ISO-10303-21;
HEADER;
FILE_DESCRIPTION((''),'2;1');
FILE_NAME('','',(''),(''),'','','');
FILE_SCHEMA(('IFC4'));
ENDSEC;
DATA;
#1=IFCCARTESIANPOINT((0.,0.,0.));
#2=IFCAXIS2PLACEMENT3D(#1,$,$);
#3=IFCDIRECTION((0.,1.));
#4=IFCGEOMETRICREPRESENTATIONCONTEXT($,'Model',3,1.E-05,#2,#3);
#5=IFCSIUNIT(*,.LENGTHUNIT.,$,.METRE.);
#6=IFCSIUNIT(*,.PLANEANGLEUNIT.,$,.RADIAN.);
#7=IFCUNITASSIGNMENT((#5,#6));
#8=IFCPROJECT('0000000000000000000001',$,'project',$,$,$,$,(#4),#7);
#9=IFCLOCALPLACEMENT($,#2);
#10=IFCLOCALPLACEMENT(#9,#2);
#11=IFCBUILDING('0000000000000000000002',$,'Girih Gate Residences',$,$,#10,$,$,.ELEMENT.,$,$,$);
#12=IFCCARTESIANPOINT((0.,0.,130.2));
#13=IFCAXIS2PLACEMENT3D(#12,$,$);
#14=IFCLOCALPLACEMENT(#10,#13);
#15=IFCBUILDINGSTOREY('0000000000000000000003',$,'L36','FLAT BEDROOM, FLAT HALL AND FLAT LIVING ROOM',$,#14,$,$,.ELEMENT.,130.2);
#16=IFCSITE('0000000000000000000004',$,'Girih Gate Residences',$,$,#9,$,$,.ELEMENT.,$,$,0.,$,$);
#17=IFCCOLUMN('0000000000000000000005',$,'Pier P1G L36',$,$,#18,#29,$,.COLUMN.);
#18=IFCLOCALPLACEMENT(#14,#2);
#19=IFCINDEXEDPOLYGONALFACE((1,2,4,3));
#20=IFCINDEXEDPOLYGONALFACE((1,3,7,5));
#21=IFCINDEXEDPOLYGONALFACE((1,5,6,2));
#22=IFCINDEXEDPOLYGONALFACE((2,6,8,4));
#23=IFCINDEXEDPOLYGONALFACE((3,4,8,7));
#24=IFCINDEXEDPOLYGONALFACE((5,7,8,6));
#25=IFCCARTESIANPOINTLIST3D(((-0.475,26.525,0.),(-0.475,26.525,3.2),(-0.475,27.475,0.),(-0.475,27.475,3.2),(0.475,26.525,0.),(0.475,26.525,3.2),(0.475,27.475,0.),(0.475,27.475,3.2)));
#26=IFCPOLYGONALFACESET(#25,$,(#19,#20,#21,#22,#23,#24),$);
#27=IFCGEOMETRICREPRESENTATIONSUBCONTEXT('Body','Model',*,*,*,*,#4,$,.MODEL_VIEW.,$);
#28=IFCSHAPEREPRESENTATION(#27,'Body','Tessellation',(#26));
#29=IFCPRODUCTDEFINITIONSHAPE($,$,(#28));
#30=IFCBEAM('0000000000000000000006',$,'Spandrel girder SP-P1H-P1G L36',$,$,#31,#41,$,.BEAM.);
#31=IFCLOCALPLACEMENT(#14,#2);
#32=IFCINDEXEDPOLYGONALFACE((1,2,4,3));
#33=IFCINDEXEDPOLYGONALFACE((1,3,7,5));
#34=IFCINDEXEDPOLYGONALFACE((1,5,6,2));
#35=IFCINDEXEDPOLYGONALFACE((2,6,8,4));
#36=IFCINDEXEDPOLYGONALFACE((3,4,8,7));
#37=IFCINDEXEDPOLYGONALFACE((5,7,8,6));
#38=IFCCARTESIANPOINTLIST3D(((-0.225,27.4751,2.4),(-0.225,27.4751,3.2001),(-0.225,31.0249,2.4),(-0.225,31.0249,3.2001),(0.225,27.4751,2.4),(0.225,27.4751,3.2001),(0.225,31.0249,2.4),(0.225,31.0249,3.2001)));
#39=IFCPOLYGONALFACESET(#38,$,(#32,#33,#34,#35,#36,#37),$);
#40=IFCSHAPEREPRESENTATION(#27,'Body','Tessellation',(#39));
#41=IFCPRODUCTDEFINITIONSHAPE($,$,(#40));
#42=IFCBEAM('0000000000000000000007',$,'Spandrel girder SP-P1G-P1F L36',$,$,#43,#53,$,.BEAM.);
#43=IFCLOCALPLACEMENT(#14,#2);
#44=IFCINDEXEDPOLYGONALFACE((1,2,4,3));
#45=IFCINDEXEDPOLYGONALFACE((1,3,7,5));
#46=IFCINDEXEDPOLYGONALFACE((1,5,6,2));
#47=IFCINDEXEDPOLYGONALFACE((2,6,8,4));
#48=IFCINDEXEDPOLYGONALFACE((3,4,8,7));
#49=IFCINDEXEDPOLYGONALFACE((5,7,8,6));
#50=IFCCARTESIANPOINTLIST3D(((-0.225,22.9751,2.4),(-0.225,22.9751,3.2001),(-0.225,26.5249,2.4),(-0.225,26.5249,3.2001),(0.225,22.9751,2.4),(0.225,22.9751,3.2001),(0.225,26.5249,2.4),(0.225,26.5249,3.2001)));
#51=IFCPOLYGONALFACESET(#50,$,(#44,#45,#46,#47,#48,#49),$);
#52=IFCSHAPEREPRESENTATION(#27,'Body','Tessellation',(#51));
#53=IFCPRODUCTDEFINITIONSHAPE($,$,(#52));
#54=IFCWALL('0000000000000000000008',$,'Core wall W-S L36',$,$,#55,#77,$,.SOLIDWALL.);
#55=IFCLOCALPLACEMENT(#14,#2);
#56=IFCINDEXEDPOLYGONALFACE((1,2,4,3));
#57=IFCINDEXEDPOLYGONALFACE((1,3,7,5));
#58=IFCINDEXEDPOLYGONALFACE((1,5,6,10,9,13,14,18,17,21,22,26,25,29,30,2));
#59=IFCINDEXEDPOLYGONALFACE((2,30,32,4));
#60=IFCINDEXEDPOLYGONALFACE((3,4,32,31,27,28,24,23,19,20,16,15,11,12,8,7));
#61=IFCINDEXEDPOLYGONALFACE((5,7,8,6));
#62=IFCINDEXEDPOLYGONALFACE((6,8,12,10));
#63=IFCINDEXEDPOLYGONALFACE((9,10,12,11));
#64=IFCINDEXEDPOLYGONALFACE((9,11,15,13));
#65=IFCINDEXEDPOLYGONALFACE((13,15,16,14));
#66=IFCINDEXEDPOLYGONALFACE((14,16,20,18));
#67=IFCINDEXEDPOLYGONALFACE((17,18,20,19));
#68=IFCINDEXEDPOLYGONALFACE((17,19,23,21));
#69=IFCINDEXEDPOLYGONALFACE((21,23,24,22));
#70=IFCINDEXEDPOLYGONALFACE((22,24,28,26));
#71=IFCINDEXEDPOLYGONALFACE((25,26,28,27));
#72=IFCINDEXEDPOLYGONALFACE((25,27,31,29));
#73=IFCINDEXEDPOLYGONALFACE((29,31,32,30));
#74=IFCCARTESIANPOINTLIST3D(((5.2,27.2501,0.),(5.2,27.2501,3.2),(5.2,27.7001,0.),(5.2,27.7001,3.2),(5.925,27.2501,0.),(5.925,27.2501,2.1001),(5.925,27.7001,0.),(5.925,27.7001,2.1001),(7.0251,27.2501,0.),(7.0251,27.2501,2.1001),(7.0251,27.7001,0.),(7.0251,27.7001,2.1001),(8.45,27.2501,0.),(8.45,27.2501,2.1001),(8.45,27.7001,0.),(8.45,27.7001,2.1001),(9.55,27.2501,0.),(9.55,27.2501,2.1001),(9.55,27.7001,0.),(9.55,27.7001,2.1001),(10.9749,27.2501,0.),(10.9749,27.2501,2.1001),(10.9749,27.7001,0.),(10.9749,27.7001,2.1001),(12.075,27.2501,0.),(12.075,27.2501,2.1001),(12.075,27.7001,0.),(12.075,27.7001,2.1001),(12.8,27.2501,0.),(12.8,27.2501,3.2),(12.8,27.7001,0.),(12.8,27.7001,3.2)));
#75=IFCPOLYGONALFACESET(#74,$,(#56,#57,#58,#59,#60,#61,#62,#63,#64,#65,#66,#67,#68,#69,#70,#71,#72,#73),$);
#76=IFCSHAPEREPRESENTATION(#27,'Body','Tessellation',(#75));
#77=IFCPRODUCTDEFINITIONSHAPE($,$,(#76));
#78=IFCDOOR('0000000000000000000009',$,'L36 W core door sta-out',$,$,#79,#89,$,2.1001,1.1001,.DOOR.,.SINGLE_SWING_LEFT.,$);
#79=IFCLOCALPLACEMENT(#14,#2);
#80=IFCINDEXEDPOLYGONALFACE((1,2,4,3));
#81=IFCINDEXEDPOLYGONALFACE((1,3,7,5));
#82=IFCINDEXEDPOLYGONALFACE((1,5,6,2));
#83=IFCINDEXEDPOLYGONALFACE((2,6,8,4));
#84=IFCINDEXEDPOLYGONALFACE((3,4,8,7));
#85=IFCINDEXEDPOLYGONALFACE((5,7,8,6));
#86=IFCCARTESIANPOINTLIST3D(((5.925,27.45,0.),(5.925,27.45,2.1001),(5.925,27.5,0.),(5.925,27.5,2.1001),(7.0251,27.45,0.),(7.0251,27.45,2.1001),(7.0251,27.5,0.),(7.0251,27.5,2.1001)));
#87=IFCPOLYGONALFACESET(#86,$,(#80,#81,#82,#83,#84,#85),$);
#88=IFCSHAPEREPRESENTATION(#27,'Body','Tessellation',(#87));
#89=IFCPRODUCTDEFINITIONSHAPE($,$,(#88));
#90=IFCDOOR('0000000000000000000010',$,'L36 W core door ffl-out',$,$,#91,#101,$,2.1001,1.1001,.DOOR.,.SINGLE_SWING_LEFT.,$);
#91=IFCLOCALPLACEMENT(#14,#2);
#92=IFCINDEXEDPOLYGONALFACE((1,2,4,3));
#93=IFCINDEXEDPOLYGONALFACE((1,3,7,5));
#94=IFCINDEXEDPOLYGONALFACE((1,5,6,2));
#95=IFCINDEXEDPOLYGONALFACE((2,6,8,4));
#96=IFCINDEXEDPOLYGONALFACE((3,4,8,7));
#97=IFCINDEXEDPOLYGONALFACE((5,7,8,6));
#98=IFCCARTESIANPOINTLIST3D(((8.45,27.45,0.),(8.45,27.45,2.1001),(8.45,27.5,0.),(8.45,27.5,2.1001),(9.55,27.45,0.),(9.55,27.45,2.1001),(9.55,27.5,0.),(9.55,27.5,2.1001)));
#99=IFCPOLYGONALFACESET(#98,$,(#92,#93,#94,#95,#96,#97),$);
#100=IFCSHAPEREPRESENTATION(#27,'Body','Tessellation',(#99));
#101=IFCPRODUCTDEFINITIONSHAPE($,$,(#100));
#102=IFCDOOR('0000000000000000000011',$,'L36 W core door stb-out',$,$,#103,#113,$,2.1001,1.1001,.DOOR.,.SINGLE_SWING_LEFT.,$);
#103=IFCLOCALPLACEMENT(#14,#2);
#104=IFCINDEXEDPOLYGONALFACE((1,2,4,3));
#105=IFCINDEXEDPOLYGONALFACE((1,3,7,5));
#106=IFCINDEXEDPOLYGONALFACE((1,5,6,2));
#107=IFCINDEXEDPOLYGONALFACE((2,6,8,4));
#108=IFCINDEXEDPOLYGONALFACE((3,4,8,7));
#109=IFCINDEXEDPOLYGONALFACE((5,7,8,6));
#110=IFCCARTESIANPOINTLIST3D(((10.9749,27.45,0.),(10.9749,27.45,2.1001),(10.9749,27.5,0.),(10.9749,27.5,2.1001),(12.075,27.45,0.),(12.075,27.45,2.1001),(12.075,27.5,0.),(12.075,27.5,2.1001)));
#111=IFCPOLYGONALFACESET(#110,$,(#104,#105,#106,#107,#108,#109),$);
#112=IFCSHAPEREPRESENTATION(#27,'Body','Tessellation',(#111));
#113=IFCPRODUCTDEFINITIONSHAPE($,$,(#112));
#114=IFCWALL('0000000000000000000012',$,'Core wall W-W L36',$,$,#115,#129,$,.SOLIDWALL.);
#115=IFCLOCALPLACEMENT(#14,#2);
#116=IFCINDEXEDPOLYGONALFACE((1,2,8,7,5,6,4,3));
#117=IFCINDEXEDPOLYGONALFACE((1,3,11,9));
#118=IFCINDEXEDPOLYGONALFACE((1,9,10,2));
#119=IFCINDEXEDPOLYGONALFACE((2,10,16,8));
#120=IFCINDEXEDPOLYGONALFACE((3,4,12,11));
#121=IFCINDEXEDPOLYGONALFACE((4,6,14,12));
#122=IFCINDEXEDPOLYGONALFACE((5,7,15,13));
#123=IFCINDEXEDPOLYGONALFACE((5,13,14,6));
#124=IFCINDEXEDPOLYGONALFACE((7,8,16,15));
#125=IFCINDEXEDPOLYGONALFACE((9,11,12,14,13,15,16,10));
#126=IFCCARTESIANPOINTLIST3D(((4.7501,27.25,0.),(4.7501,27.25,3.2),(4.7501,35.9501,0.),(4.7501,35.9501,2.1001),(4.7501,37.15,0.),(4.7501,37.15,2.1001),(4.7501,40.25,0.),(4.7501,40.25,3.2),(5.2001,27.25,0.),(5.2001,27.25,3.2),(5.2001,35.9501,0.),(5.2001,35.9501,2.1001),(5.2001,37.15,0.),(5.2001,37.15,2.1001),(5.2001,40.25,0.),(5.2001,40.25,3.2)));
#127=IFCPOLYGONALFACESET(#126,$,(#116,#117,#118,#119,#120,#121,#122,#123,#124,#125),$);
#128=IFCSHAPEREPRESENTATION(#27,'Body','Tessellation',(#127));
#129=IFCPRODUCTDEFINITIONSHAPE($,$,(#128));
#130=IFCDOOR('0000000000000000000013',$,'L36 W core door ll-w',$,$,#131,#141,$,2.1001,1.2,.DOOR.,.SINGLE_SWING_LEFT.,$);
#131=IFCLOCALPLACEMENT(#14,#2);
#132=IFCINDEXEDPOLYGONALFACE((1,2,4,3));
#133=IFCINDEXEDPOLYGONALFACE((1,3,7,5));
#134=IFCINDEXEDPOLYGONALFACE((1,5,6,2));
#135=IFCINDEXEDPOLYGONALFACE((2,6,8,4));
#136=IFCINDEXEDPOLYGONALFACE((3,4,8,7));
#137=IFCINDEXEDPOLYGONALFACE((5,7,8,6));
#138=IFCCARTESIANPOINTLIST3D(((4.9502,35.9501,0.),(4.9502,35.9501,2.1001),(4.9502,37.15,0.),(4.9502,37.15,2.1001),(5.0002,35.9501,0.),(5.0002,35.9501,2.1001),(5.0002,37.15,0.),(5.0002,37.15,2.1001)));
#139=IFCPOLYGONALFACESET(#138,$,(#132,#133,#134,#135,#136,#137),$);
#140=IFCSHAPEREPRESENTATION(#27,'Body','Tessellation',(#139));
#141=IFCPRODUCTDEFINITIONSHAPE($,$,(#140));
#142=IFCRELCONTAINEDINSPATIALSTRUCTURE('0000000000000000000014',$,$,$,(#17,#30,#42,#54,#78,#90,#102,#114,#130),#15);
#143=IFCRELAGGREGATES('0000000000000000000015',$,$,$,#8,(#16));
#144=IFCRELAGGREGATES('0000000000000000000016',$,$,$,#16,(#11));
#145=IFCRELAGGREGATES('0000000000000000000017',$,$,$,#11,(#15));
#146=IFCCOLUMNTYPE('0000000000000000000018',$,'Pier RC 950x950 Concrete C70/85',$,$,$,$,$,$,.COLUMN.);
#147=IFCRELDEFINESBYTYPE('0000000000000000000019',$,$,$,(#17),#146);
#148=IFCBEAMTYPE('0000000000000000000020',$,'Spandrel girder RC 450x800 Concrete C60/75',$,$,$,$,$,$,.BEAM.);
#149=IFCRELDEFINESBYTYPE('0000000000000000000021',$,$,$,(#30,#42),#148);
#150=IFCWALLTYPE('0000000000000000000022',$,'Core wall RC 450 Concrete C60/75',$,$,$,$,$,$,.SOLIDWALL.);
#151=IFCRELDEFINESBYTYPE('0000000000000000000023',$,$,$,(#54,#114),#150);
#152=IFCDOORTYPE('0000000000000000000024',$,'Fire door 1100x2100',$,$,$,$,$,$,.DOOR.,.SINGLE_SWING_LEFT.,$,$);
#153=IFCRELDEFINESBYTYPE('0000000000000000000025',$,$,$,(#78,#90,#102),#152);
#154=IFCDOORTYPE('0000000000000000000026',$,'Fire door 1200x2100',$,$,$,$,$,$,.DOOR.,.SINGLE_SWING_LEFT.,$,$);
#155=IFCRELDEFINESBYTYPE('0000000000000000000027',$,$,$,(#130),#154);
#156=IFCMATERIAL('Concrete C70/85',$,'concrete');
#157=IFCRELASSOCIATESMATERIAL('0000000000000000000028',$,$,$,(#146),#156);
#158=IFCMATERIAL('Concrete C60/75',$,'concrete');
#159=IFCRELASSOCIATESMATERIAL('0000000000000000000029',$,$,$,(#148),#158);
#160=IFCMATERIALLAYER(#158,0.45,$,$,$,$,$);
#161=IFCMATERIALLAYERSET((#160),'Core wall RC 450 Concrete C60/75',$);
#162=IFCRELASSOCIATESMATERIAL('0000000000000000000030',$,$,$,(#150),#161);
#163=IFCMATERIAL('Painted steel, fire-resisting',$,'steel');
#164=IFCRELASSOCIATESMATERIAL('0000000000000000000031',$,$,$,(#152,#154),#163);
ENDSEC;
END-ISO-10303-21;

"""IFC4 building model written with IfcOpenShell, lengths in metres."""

from ifc_helpers import new_model, si_unit, direction, frame, frame_2d, origin, origin_2d, place, context, subcontext, project, spatial, rectangle, extrude, material, layer, layer_set, material_profile, profile_set, type_object, element, fill, save


model = new_model("IFC4")

# Units and contexts
model_context = context("Model", 3, precision=1e-05, world=origin(), true_north=direction((0.0, 1.0)))
body_context = subcontext(model_context, "Body", "Model", "MODEL_VIEW")
ifc_project = project(units=[si_unit("LENGTHUNIT", "METRE"), si_unit("PLANEANGLEUNIT", "RADIAN")], contexts=[model_context])

# Site, building, storey
site_placement = place(None, origin())
site = spatial("IfcSite", under=ifc_project, at=site_placement, Name="Girih Gate Residences", CompositionType="ELEMENT", RefElevation=0.0)
building_placement = place(site_placement, origin())
building = spatial("IfcBuilding", under=site, at=building_placement, Name="Girih Gate Residences", CompositionType="ELEMENT")
storey_placement = place(building_placement, frame((0.0, 0.0, 130.2)))
storey = spatial("IfcBuildingStorey", under=building, at=storey_placement, Name="L36", Description="FLAT BEDROOM, FLAT HALL AND FLAT LIVING ROOM", CompositionType="ELEMENT", Elevation=130.2)

# Column
ifc_material_1 = material(Name="Concrete C70/85", Category="concrete")
ifc_material_profile_1 = material_profile(ifc_material_1, rectangle(XDim=0.95, YDim=0.95, at=origin_2d()))
ifc_profile_set_1 = profile_set([ifc_material_profile_1], Name="Concrete C70/85")
column_type = type_object("IfcColumnType", Name="Pier RC 950x950 Concrete C70/85", PredefinedType="COLUMN", material=ifc_profile_set_1)
column_placement = place(storey_placement, frame((0.0, 27.0, 0.0), z_axis=(0.0, 0.0, 1.0), x_axis=(1.0, 0.0, 0.0)))
element("IfcColumn", 1, at=column_placement, inside=storey, type_object=column_type, Name="Pier P1G L36", PredefinedType="COLUMN", context=body_context, shape_type="SweptSolid", body=[
    extrude(rectangle(XDim=0.95, YDim=0.95, at=origin_2d()), origin(), (0.0, 0.0, 1.0), 3.2),
])

# Beams
ifc_material_2 = material(Name="Concrete C60/75", Category="concrete")
ifc_material_profile_2 = material_profile(ifc_material_2, rectangle(XDim=0.45, YDim=0.8, at=origin_2d()))
ifc_profile_set_2 = profile_set([ifc_material_profile_2], Name="Concrete C60/75")
beam_type = type_object("IfcBeamType", Name="Spandrel girder RC 450x800 Concrete C60/75", PredefinedType="BEAM", material=ifc_profile_set_2)
for number, where, z_axis, x_axis, name in (
    (2, (0.0, 31.0249, 2.8), (0.0, -1.0, 0.0), (1.0, 0.0, 0.0), "Spandrel girder SP-P1H-P1G L36"),
    (3, (0.0, 26.5249, 2.8), (0.0, -1.0, 0.0), (1.0, 0.0, 0.0), "Spandrel girder SP-P1G-P1F L36"),
):
    element("IfcBeam", number, at=place(storey_placement, frame(where, z_axis=z_axis, x_axis=x_axis)), inside=storey, type_object=beam_type, Name=name, PredefinedType="BEAM", context=body_context, shape_type="SweptSolid", body=[
        extrude(rectangle(XDim=0.45, YDim=0.8, at=origin_2d()), origin(), (0.0, 0.0, 1.0), 3.5498),
    ])

# Wall, openings, doors
ifc_layer_1 = layer(ifc_material_2, 0.45)
ifc_layer_set_1 = layer_set([ifc_layer_1], Name="Core wall RC 450 Concrete C60/75")
wall_type_1 = type_object("IfcWallType", Name="Core wall RC 450 Concrete C60/75", PredefinedType="SOLIDWALL", material=ifc_layer_set_1)
wall_1_placement = place(storey_placement, frame((5.2, 27.4751, 0.0), z_axis=(0.0, 0.0, 1.0), x_axis=(1.0, 0.0, 0.0)))
wall_1 = element("IfcWall", 4, at=wall_1_placement, inside=storey, type_object=wall_type_1, Name="Core wall W-S L36", PredefinedType="SOLIDWALL", context=body_context, shape_type="SweptSolid", body=[
    extrude(rectangle(XDim=7.6001, YDim=0.45, at=frame_2d((3.8, 0.0))), origin(), (0.0, 0.0, 1.0), 3.2),
])
opening_1_placement = place(wall_1_placement, frame((0.7251, 0.0, 0.0)))
opening_1 = element("IfcOpeningElement", 5, at=opening_1_placement, cuts=wall_1, PredefinedType="OPENING", context=body_context, shape_type="SweptSolid", body=[
    extrude(rectangle(XDim=1.1001, YDim=2.1001, at=frame_2d((0.55, 1.05))), frame((0.0, 0.2349, 0.0), z_axis=(0.0, -1.0, 0.0), x_axis=(1.0, 0.0, 0.0)), (0.0, 0.0, 1.0), 0.47),
])
opening_2_placement = place(wall_1_placement, frame((3.25, 0.0, 0.0)))
opening_2 = element("IfcOpeningElement", 6, at=opening_2_placement, cuts=wall_1, PredefinedType="OPENING", context=body_context, shape_type="SweptSolid", body=[
    extrude(rectangle(XDim=1.1001, YDim=2.1001, at=frame_2d((0.55, 1.05))), frame((0.0, 0.2349, 0.0), z_axis=(0.0, -1.0, 0.0), x_axis=(1.0, 0.0, 0.0)), (0.0, 0.0, 1.0), 0.47),
])
opening_3_placement = place(wall_1_placement, frame((5.7749, 0.0, 0.0)))
opening_3 = element("IfcOpeningElement", 7, at=opening_3_placement, cuts=wall_1, PredefinedType="OPENING", context=body_context, shape_type="SweptSolid", body=[
    extrude(rectangle(XDim=1.1001, YDim=2.1001, at=frame_2d((0.55, 1.05))), frame((0.0, 0.2349, 0.0), z_axis=(0.0, -1.0, 0.0), x_axis=(1.0, 0.0, 0.0)), (0.0, 0.0, 1.0), 0.47),
])
ifc_material_3 = material(Name="Painted steel, fire-resisting", Category="steel")
door_type_1 = type_object("IfcDoorType", Name="Fire door 1100x2100", OperationType="SINGLE_SWING_LEFT", PredefinedType="DOOR", material=ifc_material_3)
door_1_placement = place(opening_1_placement, origin())
door_1 = element("IfcDoor", 8, at=door_1_placement, inside=storey, type_object=door_type_1, Name="L36 W core door sta-out", OperationType="SINGLE_SWING_LEFT", OverallHeight=2.1001, OverallWidth=1.1001, PredefinedType="DOOR", context=body_context, shape_type="SweptSolid", body=[
    extrude(rectangle(XDim=1.1001, YDim=2.1001, at=frame_2d((0.55, 1.05))), frame((0.0, 0.0249, 0.0), z_axis=(0.0, -1.0, 0.0), x_axis=(1.0, 0.0, 0.0)), (0.0, 0.0, 1.0), 0.05),
])
fill(opening_1, door_1)
door_2_placement = place(opening_2_placement, origin())
door_2 = element("IfcDoor", 9, at=door_2_placement, inside=storey, type_object=door_type_1, Name="L36 W core door ffl-out", OperationType="SINGLE_SWING_LEFT", OverallHeight=2.1001, OverallWidth=1.1001, PredefinedType="DOOR", context=body_context, shape_type="SweptSolid", body=[
    extrude(rectangle(XDim=1.1001, YDim=2.1001, at=frame_2d((0.55, 1.05))), frame((0.0, 0.0249, 0.0), z_axis=(0.0, -1.0, 0.0), x_axis=(1.0, 0.0, 0.0)), (0.0, 0.0, 1.0), 0.05),
])
fill(opening_2, door_2)
door_3_placement = place(opening_3_placement, origin())
door_3 = element("IfcDoor", 10, at=door_3_placement, inside=storey, type_object=door_type_1, Name="L36 W core door stb-out", OperationType="SINGLE_SWING_LEFT", OverallHeight=2.1001, OverallWidth=1.1001, PredefinedType="DOOR", context=body_context, shape_type="SweptSolid", body=[
    extrude(rectangle(XDim=1.1001, YDim=2.1001, at=frame_2d((0.55, 1.05))), frame((0.0, 0.0249, 0.0), z_axis=(0.0, -1.0, 0.0), x_axis=(1.0, 0.0, 0.0)), (0.0, 0.0, 1.0), 0.05),
])
fill(opening_3, door_3)

# Wall, opening, door
wall_2_placement = place(storey_placement, frame((4.9751, 27.25, 0.0), z_axis=(0.0, 0.0, 1.0), x_axis=(0.0, 1.0, 0.0)))
wall_2 = element("IfcWall", 11, at=wall_2_placement, inside=storey, type_object=wall_type_1, Name="Core wall W-W L36", PredefinedType="SOLIDWALL", context=body_context, shape_type="SweptSolid", body=[
    extrude(rectangle(XDim=13.0, YDim=0.45, at=frame_2d((6.5, 0.0))), origin(), (0.0, 0.0, 1.0), 3.2),
])
opening_4_placement = place(wall_2_placement, frame((8.7, 0.0, 0.0)))
opening_4 = element("IfcOpeningElement", 12, at=opening_4_placement, cuts=wall_2, PredefinedType="OPENING", context=body_context, shape_type="SweptSolid", body=[
    extrude(rectangle(XDim=1.2, YDim=2.1001, at=frame_2d((0.6001, 1.05))), frame((0.0, 0.2349, 0.0), z_axis=(0.0, -1.0, 0.0), x_axis=(1.0, 0.0, 0.0)), (0.0, 0.0, 1.0), 0.47),
])
door_type_2 = type_object("IfcDoorType", Name="Fire door 1200x2100", OperationType="SINGLE_SWING_LEFT", PredefinedType="DOOR", material=ifc_material_3)
door_4_placement = place(opening_4_placement, origin())
door_4 = element("IfcDoor", 13, at=door_4_placement, inside=storey, type_object=door_type_2, Name="L36 W core door ll-w", OperationType="SINGLE_SWING_LEFT", OverallHeight=2.1001, OverallWidth=1.2, PredefinedType="DOOR", context=body_context, shape_type="SweptSolid", body=[
    extrude(rectangle(XDim=1.2, YDim=2.1001, at=frame_2d((0.6001, 1.05))), frame((0.0, 0.0249, 0.0), z_axis=(0.0, -1.0, 0.0), x_axis=(1.0, 0.0, 0.0)), (0.0, 0.0, 1.0), 0.05),
])
fill(opening_4, door_4)

save(model, "model.ifc")
